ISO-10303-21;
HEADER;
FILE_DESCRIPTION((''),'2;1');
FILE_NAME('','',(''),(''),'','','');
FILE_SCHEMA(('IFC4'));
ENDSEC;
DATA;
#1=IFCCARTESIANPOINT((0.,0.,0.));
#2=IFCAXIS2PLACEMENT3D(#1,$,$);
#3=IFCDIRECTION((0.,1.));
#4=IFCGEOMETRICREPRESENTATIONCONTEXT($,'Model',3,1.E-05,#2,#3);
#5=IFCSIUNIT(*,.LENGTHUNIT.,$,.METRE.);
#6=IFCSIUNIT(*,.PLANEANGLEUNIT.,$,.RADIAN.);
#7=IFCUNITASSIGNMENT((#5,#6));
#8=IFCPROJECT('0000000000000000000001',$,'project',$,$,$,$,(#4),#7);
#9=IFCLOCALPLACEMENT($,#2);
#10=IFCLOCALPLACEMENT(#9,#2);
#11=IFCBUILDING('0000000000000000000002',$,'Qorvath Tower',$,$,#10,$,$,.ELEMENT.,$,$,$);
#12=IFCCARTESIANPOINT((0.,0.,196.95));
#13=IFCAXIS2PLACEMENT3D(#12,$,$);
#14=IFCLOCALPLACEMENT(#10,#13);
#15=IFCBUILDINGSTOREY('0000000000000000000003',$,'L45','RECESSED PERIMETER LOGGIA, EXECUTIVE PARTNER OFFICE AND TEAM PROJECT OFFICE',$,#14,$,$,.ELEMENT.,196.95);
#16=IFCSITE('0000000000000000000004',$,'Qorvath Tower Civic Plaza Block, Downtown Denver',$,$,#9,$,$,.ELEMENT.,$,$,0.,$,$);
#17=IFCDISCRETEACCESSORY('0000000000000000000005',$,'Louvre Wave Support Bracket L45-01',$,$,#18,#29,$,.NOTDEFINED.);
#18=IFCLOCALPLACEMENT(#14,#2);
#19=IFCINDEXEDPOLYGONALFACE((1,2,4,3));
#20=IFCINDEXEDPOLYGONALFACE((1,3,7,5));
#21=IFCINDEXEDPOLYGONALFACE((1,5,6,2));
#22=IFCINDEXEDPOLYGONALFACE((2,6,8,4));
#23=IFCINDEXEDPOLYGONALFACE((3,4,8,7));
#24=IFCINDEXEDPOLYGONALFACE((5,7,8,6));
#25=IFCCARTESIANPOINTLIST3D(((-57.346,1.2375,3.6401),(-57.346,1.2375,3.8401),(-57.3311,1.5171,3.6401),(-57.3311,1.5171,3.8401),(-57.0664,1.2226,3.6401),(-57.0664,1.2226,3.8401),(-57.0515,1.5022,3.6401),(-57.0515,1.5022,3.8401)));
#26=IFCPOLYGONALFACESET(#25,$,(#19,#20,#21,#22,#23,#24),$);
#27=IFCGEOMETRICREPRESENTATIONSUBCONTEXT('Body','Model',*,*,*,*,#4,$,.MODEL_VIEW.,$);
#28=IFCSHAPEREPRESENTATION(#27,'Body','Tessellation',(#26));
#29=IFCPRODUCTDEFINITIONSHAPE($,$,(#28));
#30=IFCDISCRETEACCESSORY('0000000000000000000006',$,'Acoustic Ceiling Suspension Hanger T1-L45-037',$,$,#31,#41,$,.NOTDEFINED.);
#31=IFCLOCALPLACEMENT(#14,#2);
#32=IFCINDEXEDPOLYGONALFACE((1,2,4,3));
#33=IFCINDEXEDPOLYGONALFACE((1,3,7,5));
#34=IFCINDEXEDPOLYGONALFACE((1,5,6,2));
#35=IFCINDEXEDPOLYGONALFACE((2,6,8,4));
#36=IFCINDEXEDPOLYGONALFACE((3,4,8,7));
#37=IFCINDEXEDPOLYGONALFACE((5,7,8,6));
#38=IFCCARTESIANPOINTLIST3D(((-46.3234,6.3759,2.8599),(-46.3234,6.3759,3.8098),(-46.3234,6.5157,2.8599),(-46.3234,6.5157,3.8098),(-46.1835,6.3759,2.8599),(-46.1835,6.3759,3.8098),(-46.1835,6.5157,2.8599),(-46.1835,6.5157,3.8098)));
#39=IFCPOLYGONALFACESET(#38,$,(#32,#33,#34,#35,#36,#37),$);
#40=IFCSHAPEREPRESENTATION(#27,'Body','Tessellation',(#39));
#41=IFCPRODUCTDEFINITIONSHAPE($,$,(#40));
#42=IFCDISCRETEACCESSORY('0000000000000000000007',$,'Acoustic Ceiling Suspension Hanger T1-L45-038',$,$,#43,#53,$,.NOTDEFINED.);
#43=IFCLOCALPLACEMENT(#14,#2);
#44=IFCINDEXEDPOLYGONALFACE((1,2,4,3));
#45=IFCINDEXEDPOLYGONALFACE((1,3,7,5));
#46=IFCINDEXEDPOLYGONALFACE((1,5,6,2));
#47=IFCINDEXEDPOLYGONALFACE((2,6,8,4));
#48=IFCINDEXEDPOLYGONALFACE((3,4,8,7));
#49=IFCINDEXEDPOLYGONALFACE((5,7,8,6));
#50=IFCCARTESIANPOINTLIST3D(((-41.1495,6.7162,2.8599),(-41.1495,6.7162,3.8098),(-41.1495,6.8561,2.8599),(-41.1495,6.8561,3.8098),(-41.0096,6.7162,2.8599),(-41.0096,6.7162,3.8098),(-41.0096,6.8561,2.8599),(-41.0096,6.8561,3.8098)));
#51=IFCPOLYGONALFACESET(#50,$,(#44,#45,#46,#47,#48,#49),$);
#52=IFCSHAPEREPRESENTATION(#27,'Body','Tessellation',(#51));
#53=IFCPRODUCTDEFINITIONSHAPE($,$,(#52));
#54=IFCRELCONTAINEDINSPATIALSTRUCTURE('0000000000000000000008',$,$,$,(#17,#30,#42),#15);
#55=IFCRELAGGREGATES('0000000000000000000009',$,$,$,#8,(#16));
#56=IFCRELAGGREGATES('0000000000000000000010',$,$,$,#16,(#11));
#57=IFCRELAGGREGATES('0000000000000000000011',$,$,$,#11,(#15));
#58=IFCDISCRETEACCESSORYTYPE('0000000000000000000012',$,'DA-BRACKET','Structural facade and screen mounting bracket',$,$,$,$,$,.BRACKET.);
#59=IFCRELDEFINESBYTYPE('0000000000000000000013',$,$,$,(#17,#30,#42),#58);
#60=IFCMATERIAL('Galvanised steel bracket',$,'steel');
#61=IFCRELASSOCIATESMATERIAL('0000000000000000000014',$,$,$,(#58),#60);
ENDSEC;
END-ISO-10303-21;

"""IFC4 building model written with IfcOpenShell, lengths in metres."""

from ifc_helpers import new_model, si_unit, direction, frame, origin, origin_2d, place, context, subcontext, project, spatial, rectangle, extrude, material, type_object, element, save


model = new_model("IFC4")

# Units and contexts
model_context = context("Model", 3, precision=1e-05, world=origin(), true_north=direction((0.0, 1.0)))
body_context = subcontext(model_context, "Body", "Model", "MODEL_VIEW")
ifc_project = project(units=[si_unit("LENGTHUNIT", "METRE"), si_unit("PLANEANGLEUNIT", "RADIAN")], contexts=[model_context])

# Site, building, storey
site_placement = place(None, origin())
site = spatial("IfcSite", under=ifc_project, at=site_placement, Name="Qorvath Tower Civic Plaza Block, Downtown Denver", CompositionType="ELEMENT", RefElevation=0.0)
building_placement = place(site_placement, origin())
building = spatial("IfcBuilding", under=site, at=building_placement, Name="Qorvath Tower", CompositionType="ELEMENT")
storey_placement = place(building_placement, frame((0.0, 0.0, 196.95)))
storey = spatial("IfcBuildingStorey", under=building, at=storey_placement, Name="L45", Description="RECESSED PERIMETER LOGGIA, EXECUTIVE PARTNER OFFICE AND TEAM PROJECT OFFICE", CompositionType="ELEMENT", Elevation=196.95)

# Discrete accessories
ifc_material_1 = material(Name="Galvanised steel bracket", Category="steel")
discrete_accessory_type = type_object("IfcDiscreteAccessoryType", Name="DA-BRACKET", Description="Structural facade and screen mounting bracket", PredefinedType="BRACKET", material=ifc_material_1)
discrete_accessory_placement = place(storey_placement, frame((-57.1987, 1.3699, 3.6401), z_axis=(0.0, 0.0, 1.0), x_axis=(-0.053186, -0.998585, 0.0)))
element("IfcDiscreteAccessory", 1, at=discrete_accessory_placement, inside=storey, type_object=discrete_accessory_type, Name="Louvre Wave Support Bracket L45-01", PredefinedType="NOTDEFINED", context=body_context, shape_type="SweptSolid", body=[
    extrude(rectangle(XDim=0.28, YDim=0.28, at=origin_2d()), origin(), (0.0, 0.0, 1.0), 0.2),
])
for number, where, z_axis, x_axis, name in (
    (2, (-46.2534, 6.4458, 2.8599), (0.0, 0.0, 1.0), (1.0, 0.0, 0.0), "Acoustic Ceiling Suspension Hanger T1-L45-037"),
    (3, (-41.0796, 6.7861, 2.8599), (0.0, 0.0, 1.0), (1.0, 0.0, 0.0), "Acoustic Ceiling Suspension Hanger T1-L45-038"),
):
    element("IfcDiscreteAccessory", number, at=place(storey_placement, frame(where, z_axis=z_axis, x_axis=x_axis)), inside=storey, type_object=discrete_accessory_type, Name=name, PredefinedType="NOTDEFINED", context=body_context, shape_type="SweptSolid", body=[
        extrude(rectangle(XDim=0.1399, YDim=0.1399, at=origin_2d()), origin(), (0.0, 0.0, 1.0), 0.95),
    ])

save(model, "model.ifc")
